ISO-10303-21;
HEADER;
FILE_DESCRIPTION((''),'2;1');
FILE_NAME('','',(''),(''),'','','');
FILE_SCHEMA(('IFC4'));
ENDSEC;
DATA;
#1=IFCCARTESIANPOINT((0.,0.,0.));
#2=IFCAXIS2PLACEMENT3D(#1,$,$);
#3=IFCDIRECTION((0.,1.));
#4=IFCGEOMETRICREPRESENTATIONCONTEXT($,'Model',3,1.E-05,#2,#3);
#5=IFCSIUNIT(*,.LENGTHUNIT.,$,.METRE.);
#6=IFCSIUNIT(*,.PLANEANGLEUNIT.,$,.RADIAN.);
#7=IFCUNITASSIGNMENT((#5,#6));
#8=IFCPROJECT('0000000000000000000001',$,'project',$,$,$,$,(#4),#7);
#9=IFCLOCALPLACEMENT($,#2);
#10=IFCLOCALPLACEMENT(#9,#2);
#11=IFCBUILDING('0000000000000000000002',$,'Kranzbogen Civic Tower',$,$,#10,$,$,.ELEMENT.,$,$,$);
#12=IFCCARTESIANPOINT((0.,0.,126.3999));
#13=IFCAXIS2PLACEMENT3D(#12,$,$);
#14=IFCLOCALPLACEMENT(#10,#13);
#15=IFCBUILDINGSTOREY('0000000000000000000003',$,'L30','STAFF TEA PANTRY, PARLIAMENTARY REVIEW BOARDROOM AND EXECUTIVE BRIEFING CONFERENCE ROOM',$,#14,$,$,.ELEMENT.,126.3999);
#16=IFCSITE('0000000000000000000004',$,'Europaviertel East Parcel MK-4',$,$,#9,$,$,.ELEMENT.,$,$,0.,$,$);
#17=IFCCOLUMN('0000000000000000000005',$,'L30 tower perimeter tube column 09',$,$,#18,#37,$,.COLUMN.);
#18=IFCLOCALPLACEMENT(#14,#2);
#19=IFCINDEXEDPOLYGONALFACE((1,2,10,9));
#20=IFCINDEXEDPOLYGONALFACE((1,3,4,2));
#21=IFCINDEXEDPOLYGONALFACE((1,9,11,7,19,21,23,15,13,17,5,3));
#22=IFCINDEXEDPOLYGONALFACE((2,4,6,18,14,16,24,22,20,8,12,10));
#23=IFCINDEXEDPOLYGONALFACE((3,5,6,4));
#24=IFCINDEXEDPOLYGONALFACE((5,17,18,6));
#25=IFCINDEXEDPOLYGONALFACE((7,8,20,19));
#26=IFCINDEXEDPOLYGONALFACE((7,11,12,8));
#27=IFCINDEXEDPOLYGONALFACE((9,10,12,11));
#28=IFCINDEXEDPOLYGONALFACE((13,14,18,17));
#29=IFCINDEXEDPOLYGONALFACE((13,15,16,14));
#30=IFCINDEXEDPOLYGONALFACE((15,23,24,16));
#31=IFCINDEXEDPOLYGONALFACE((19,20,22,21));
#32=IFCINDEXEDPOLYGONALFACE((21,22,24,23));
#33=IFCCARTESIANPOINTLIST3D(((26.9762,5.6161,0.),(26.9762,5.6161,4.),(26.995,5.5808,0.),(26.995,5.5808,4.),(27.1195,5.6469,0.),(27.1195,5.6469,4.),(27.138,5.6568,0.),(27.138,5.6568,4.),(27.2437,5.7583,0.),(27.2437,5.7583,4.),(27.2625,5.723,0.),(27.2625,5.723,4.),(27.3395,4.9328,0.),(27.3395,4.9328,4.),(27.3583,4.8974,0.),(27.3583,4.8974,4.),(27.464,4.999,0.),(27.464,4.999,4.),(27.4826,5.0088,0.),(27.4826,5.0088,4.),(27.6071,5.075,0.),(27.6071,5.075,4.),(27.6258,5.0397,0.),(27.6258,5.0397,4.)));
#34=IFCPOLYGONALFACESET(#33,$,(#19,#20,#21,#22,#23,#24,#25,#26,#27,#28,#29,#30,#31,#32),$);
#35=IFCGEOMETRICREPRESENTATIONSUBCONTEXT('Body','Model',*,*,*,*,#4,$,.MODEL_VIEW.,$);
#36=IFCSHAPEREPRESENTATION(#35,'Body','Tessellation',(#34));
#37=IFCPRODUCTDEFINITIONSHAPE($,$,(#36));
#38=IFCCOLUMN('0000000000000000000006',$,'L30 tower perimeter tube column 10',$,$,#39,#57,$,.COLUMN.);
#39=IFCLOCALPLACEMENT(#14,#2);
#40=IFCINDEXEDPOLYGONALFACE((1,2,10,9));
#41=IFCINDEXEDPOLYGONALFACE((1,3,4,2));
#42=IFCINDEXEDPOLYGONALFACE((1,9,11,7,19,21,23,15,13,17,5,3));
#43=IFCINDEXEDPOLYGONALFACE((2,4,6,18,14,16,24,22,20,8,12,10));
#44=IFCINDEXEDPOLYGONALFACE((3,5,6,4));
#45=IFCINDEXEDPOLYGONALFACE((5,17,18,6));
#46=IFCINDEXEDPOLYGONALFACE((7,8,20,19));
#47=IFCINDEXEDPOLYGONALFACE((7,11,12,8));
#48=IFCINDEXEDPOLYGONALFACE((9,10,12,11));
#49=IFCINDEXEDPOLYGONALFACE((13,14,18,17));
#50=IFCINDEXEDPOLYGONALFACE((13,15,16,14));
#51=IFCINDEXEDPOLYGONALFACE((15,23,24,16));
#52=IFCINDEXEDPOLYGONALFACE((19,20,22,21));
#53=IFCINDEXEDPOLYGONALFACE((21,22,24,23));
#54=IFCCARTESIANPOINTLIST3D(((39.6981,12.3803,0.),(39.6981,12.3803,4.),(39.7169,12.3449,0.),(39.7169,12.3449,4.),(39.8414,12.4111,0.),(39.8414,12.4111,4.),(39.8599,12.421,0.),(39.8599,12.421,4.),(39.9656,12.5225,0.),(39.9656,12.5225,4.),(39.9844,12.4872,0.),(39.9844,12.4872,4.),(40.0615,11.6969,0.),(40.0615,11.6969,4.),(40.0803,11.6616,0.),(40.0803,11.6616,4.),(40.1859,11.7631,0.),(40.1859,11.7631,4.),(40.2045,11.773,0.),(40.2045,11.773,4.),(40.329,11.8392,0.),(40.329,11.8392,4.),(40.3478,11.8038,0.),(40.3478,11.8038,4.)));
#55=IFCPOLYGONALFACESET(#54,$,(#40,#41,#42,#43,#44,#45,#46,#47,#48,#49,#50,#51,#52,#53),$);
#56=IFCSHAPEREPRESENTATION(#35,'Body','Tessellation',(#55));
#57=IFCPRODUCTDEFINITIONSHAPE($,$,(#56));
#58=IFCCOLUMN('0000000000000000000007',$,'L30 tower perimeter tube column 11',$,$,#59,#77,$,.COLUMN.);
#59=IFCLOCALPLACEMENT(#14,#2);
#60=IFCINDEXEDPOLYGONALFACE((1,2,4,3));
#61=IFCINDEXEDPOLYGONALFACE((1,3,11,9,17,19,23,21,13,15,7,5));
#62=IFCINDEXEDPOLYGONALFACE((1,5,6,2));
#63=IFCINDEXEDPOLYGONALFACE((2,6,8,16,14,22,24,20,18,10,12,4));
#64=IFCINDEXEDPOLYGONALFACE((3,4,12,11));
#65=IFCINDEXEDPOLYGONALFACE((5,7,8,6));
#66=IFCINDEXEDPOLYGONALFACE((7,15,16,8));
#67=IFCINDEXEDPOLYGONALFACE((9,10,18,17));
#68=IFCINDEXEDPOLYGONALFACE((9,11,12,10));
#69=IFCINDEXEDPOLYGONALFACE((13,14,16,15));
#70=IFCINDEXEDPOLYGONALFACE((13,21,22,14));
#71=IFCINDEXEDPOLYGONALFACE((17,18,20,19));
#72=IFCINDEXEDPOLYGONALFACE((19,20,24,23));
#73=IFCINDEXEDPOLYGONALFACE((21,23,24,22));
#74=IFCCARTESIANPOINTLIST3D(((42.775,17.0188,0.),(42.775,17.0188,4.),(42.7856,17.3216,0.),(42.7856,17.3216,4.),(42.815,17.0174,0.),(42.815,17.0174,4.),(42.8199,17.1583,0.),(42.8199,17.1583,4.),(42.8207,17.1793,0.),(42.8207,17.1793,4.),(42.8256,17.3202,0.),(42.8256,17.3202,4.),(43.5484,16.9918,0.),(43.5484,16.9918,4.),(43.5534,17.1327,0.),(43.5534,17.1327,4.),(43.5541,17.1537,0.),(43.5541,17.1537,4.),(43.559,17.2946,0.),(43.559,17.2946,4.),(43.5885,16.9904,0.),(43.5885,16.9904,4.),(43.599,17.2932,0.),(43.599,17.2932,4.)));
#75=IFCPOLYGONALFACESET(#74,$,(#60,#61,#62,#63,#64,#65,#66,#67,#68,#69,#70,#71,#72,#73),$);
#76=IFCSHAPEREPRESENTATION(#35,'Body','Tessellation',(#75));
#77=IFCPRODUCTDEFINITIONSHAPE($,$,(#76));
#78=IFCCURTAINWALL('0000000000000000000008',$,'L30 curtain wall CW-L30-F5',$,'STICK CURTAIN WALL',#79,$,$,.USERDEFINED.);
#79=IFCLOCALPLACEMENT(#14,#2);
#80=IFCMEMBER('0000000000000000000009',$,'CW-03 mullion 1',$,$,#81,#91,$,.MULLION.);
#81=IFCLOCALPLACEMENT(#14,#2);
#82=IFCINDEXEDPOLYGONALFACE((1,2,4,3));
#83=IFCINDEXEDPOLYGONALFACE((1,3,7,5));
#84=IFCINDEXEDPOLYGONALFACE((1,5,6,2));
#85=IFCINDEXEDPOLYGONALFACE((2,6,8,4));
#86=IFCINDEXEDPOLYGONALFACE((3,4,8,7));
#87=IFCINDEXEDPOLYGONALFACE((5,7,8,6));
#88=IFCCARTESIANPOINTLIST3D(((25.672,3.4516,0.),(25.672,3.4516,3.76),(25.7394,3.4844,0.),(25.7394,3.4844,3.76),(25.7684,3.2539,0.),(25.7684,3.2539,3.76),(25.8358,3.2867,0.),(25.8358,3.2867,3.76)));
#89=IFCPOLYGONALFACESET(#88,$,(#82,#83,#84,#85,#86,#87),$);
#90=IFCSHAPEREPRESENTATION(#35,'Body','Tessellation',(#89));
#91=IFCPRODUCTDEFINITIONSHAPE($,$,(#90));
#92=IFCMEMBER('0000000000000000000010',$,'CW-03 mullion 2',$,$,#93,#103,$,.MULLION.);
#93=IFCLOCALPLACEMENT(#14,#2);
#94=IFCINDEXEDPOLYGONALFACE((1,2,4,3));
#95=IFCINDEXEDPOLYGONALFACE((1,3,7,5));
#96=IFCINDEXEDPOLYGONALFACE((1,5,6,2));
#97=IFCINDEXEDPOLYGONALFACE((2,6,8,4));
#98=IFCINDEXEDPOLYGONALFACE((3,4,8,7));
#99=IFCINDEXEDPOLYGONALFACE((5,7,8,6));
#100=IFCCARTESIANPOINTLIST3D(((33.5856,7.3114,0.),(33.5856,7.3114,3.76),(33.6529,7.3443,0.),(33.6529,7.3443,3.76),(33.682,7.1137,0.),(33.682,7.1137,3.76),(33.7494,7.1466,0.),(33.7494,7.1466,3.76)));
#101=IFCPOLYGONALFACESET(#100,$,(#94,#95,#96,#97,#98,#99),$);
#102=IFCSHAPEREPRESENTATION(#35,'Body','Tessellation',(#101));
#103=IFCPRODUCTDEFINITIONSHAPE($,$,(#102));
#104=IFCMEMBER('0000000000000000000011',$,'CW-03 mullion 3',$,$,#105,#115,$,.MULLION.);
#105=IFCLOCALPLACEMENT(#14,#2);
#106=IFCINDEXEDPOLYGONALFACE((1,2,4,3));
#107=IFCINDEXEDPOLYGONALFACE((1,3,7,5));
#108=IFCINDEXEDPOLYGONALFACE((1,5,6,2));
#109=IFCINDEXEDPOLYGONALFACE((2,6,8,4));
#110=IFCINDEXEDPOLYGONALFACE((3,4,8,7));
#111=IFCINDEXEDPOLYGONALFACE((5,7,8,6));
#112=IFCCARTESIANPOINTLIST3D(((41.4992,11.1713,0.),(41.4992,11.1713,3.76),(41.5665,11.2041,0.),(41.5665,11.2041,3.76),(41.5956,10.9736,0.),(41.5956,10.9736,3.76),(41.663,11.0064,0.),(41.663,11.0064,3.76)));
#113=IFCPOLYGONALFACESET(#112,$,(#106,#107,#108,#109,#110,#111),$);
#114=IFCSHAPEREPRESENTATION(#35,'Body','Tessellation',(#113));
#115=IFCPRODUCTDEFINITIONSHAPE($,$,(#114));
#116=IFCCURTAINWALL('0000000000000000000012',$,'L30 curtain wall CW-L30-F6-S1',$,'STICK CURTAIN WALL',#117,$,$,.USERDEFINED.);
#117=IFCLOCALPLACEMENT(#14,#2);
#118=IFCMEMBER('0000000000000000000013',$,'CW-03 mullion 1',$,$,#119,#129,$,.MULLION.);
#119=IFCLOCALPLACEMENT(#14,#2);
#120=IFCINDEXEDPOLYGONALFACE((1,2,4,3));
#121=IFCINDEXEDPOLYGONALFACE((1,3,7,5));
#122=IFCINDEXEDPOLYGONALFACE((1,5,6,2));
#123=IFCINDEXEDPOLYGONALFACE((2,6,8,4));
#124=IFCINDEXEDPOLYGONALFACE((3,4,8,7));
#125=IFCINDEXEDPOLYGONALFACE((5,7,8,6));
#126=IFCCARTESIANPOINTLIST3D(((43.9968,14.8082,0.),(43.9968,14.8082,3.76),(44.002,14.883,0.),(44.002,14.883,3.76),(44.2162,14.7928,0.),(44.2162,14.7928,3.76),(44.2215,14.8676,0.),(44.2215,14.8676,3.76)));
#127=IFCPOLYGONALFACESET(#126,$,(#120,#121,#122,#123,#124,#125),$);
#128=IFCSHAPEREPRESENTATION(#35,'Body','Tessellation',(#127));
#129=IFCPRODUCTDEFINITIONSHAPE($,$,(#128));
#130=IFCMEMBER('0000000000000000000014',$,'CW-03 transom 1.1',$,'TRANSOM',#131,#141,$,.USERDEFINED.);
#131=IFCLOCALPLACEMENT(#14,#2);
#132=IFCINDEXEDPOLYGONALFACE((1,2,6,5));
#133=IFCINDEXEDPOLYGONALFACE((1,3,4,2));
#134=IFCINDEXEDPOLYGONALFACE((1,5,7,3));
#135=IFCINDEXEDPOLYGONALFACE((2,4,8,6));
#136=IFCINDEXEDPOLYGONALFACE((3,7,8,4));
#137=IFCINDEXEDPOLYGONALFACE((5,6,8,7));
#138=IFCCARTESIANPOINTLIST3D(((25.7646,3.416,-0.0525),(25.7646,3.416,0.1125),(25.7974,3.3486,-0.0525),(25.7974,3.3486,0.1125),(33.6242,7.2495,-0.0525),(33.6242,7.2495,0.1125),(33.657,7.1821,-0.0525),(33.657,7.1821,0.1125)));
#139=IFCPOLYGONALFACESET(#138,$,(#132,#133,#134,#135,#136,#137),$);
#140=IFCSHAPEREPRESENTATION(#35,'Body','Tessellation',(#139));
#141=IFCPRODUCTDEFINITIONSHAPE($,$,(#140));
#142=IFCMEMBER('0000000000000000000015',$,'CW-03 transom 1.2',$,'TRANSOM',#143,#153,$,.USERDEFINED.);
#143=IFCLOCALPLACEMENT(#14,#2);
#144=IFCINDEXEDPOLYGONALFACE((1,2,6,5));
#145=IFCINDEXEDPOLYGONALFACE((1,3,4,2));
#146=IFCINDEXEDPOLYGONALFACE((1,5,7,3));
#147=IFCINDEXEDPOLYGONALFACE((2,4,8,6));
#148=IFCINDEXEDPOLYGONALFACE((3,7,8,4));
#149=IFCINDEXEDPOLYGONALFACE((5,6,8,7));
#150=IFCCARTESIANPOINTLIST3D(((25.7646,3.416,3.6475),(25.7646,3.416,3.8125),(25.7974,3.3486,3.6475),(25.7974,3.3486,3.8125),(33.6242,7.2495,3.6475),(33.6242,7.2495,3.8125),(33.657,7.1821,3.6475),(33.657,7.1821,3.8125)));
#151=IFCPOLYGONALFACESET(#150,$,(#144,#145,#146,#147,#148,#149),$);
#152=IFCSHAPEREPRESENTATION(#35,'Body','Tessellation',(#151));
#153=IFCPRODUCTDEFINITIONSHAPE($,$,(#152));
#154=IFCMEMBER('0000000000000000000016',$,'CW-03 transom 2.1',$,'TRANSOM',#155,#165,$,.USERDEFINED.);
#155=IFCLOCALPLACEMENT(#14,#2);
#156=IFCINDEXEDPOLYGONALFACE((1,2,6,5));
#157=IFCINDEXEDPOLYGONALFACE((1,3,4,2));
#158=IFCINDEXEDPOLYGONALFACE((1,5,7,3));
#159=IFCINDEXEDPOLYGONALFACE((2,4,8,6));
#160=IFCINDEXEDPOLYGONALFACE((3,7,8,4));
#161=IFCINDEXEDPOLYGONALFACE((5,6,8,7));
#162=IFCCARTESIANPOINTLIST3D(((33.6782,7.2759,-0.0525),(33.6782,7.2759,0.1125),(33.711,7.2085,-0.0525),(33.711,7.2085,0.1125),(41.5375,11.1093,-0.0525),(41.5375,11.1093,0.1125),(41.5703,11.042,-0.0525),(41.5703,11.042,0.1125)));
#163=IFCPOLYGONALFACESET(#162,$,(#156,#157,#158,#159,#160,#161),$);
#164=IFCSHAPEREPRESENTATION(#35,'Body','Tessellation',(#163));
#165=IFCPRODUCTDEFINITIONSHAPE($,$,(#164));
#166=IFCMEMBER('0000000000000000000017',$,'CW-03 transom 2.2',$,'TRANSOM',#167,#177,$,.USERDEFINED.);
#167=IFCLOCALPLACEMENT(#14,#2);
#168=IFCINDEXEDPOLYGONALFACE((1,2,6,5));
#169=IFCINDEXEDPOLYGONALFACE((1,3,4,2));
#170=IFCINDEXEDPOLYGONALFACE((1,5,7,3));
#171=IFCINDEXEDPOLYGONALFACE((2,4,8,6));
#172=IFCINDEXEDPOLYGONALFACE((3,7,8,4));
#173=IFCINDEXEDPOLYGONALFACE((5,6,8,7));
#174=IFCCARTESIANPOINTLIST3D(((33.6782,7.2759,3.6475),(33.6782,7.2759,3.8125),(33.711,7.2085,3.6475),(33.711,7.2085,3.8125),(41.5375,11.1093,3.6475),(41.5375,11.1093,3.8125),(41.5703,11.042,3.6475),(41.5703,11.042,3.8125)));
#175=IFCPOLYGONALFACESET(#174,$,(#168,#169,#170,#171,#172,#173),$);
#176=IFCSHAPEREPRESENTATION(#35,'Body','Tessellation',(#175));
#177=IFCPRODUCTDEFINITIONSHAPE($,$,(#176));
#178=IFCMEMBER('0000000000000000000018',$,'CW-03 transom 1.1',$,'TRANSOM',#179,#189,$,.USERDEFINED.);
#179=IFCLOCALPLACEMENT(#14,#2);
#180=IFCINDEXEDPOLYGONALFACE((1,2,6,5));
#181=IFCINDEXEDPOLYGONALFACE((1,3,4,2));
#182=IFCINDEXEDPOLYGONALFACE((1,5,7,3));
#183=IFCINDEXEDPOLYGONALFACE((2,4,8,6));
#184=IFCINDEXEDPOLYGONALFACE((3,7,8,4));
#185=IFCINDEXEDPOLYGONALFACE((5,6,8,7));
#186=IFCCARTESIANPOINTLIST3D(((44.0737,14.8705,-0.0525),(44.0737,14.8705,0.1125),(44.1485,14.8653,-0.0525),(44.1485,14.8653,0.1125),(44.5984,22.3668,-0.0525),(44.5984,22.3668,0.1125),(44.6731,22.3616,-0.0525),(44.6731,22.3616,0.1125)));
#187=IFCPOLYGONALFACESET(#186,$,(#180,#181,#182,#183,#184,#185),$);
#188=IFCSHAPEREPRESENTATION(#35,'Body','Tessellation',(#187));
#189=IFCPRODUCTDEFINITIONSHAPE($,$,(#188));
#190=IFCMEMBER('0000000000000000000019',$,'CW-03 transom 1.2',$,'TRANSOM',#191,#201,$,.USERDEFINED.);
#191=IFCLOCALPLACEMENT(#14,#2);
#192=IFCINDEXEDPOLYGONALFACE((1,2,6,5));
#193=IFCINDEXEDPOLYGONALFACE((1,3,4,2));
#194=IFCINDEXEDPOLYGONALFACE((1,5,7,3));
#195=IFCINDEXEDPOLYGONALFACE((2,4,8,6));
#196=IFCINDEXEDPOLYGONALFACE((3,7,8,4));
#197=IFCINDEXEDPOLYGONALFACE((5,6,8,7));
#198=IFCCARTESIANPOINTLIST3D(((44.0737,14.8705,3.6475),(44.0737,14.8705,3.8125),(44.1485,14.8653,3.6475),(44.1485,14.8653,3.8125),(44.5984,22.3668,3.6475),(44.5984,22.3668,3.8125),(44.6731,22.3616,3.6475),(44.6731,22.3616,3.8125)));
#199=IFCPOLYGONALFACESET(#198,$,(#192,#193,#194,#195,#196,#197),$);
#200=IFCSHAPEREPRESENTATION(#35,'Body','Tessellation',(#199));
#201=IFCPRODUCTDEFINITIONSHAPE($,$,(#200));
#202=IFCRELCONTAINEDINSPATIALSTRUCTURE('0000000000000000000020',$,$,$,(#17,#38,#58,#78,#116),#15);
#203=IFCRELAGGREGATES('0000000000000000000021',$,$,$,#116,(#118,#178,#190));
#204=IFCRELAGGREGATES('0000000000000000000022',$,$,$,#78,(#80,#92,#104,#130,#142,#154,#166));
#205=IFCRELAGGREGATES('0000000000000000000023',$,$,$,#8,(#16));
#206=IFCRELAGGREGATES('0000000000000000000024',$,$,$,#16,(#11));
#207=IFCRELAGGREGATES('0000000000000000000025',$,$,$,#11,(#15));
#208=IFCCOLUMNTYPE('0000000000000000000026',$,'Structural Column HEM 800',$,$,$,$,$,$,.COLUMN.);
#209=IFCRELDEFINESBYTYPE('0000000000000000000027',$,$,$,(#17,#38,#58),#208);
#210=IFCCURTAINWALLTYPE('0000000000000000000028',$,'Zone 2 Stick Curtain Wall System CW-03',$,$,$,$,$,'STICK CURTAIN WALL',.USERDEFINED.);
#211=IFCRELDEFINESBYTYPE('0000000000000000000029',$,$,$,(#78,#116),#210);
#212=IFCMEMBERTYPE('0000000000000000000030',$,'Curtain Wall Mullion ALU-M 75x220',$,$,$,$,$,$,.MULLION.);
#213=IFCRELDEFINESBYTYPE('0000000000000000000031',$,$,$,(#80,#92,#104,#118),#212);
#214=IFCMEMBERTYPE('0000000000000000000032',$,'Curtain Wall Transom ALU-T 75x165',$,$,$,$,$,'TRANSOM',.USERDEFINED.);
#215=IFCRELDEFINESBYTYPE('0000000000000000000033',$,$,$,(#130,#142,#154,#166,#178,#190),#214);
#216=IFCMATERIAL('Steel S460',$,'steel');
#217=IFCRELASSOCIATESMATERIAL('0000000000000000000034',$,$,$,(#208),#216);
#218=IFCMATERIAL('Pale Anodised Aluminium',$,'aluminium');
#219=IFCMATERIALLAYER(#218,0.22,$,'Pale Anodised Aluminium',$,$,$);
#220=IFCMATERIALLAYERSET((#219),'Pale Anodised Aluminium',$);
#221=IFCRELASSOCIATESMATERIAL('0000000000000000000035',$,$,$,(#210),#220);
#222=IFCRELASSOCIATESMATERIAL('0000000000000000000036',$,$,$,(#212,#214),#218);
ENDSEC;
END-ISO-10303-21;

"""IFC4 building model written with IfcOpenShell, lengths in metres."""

from ifc_helpers import new_model, si_unit, direction, frame, origin, origin_2d, place, context, subcontext, project, spatial, rectangle, i_section, extrude, material, layer, layer_set, material_profile, profile_set, type_object, element, aggregate, save


model = new_model("IFC4")

# Units and contexts
model_context = context("Model", 3, precision=1e-05, world=origin(), true_north=direction((0.0, 1.0)))
body_context = subcontext(model_context, "Body", "Model", "MODEL_VIEW")
ifc_project = project(units=[si_unit("LENGTHUNIT", "METRE"), si_unit("PLANEANGLEUNIT", "RADIAN")], contexts=[model_context])

# Site, building, storey
site_placement = place(None, origin())
site = spatial("IfcSite", under=ifc_project, at=site_placement, Name="Europaviertel East Parcel MK-4", CompositionType="ELEMENT", RefElevation=0.0)
building_placement = place(site_placement, origin())
building = spatial("IfcBuilding", under=site, at=building_placement, Name="Kranzbogen Civic Tower", CompositionType="ELEMENT")
storey_placement = place(building_placement, frame((0.0, 0.0, 126.3999)))
storey = spatial("IfcBuildingStorey", under=building, at=storey_placement, Name="L30", Description="STAFF TEA PANTRY, PARLIAMENTARY REVIEW BOARDROOM AND EXECUTIVE BRIEFING CONFERENCE ROOM", CompositionType="ELEMENT", Elevation=126.3999)

# Columns
ifc_material_1 = material(Name="Steel S460", Category="steel")
ifc_material_profile_1 = material_profile(ifc_material_1, i_section(OverallWidth=0.303, OverallDepth=0.814, WebThickness=0.021, FlangeThickness=0.04, at=origin_2d()), Name="HEM 800")
ifc_profile_set_1 = profile_set([ifc_material_profile_1], Name="Steel S460")
column_type = type_object("IfcColumnType", Name="Structural Column HEM 800", PredefinedType="COLUMN", material=ifc_profile_set_1)
for number, where, z_axis, x_axis, name in (
    (1, (27.301, 5.3279, 0.0), (0.0, 0.0, 1.0), (0.882948, 0.469472, 0.0), "L30 tower perimeter tube column 09"),
    (2, (40.0229, 12.092, 0.0), (0.0, 0.0, 1.0), (0.882948, 0.469472, 0.0), "L30 tower perimeter tube column 10"),
    (3, (43.187, 17.156, 0.0), (0.0, 0.0, 1.0), (0.034899, 0.999391, 0.0), "L30 tower perimeter tube column 11"),
):
    element("IfcColumn", number, at=place(storey_placement, frame(where, z_axis=z_axis, x_axis=x_axis)), inside=storey, type_object=column_type, Name=name, PredefinedType="COLUMN", context=body_context, shape_type="SweptSolid", body=[
        extrude(i_section(OverallWidth=0.303, OverallDepth=0.814, WebThickness=0.021, FlangeThickness=0.04, at=origin_2d()), origin(), (0.0, 0.0, 1.0), 4.0),
    ])

# Curtain wall, members
ifc_material_2 = material(Name="Pale Anodised Aluminium", Category="aluminium")
ifc_layer_1 = layer(ifc_material_2, 0.22, Name="Pale Anodised Aluminium")
ifc_layer_set_1 = layer_set([ifc_layer_1], Name="Pale Anodised Aluminium")
curtain_wall_type = type_object("IfcCurtainWallType", Name="Zone 2 Stick Curtain Wall System CW-03", ElementType="STICK CURTAIN WALL", PredefinedType="USERDEFINED", material=ifc_layer_set_1)
curtain_wall_1_placement = place(storey_placement, origin())
curtain_wall_1 = element("IfcCurtainWall", 4, at=curtain_wall_1_placement, inside=storey, type_object=curtain_wall_type, Name="L30 curtain wall CW-L30-F5", ObjectType="STICK CURTAIN WALL", PredefinedType="USERDEFINED")
ifc_material_profile_2 = material_profile(ifc_material_2, rectangle(XDim=0.075, YDim=0.22, at=origin_2d()), Name="ALU-M 75x220")
ifc_profile_set_2 = profile_set([ifc_material_profile_2], Name="Pale Anodised Aluminium")
member_type_1 = type_object("IfcMemberType", Name="Curtain Wall Mullion ALU-M 75x220", PredefinedType="MULLION", material=ifc_profile_set_2)
member_1_placement = place(storey_placement, frame((25.7539, 3.3691, 0.0), z_axis=(0.0, 0.0, 1.0), x_axis=(0.898787, 0.438386, 0.0)))
member_1 = element("IfcMember", 5, at=member_1_placement, type_object=member_type_1, Name="CW-03 mullion 1", PredefinedType="MULLION", context=body_context, shape_type="SweptSolid", body=[
    extrude(rectangle(XDim=0.075, YDim=0.22, at=origin_2d()), origin(), (0.0, 0.0, 1.0), 3.76),
])
member_2_placement = place(storey_placement, frame((33.6675, 7.229, 0.0), z_axis=(0.0, 0.0, 1.0), x_axis=(0.898787, 0.438386, 0.0)))
member_2 = element("IfcMember", 6, at=member_2_placement, type_object=member_type_1, Name="CW-03 mullion 2", PredefinedType="MULLION", context=body_context, shape_type="SweptSolid", body=[
    extrude(rectangle(XDim=0.075, YDim=0.22, at=origin_2d()), origin(), (0.0, 0.0, 1.0), 3.76),
])
member_3_placement = place(storey_placement, frame((41.5811, 11.0889, 0.0), z_axis=(0.0, 0.0, 1.0), x_axis=(0.898787, 0.438386, 0.0)))
member_3 = element("IfcMember", 7, at=member_3_placement, type_object=member_type_1, Name="CW-03 mullion 3", PredefinedType="MULLION", context=body_context, shape_type="SweptSolid", body=[
    extrude(rectangle(XDim=0.075, YDim=0.22, at=origin_2d()), origin(), (0.0, 0.0, 1.0), 3.76),
])

# Curtain wall, member
curtain_wall_2_placement = place(storey_placement, origin())
curtain_wall_2 = element("IfcCurtainWall", 8, at=curtain_wall_2_placement, inside=storey, type_object=curtain_wall_type, Name="L30 curtain wall CW-L30-F6-S1", ObjectType="STICK CURTAIN WALL", PredefinedType="USERDEFINED")
member_4_placement = place(storey_placement, frame((44.1091, 14.8379, 0.0), z_axis=(0.0, 0.0, 1.0), x_axis=(0.069813, 0.99756, 0.0)))
member_4 = element("IfcMember", 9, at=member_4_placement, type_object=member_type_1, Name="CW-03 mullion 1", PredefinedType="MULLION", context=body_context, shape_type="SweptSolid", body=[
    extrude(rectangle(XDim=0.075, YDim=0.22, at=origin_2d()), origin(), (0.0, 0.0, 1.0), 3.76),
])

# Members
ifc_material_profile_3 = material_profile(ifc_material_2, rectangle(XDim=0.075, YDim=0.165, at=origin_2d()), Name="ALU-T 75x165")
ifc_profile_set_3 = profile_set([ifc_material_profile_3], Name="Pale Anodised Aluminium")
member_type_2 = type_object("IfcMemberType", Name="Curtain Wall Transom ALU-T 75x165", ElementType="TRANSOM", PredefinedType="USERDEFINED", material=ifc_profile_set_3)
member_5_placement = place(storey_placement, frame((25.781, 3.3823, 0.03), z_axis=(0.898789, 0.438381, 0.0), x_axis=(-0.438381, 0.898789, 0.0)))
member_5 = element("IfcMember", 10, at=member_5_placement, type_object=member_type_2, Name="CW-03 transom 1.1", ObjectType="TRANSOM", PredefinedType="USERDEFINED", context=body_context, shape_type="SweptSolid", body=[
    extrude(rectangle(XDim=0.075, YDim=0.165, at=origin_2d()), origin(), (0.0, 0.0, 1.0), 8.7446),
])
member_6_placement = place(storey_placement, frame((25.781, 3.3823, 3.73), z_axis=(0.898789, 0.438381, 0.0), x_axis=(-0.438381, 0.898789, 0.0)))
member_6 = element("IfcMember", 11, at=member_6_placement, type_object=member_type_2, Name="CW-03 transom 1.2", ObjectType="TRANSOM", PredefinedType="USERDEFINED", context=body_context, shape_type="SweptSolid", body=[
    extrude(rectangle(XDim=0.075, YDim=0.165, at=origin_2d()), origin(), (0.0, 0.0, 1.0), 8.7446),
])
member_7_placement = place(storey_placement, frame((33.6946, 7.2422, 0.03), z_axis=(0.898784, 0.438392, 0.0), x_axis=(-0.438392, 0.898784, 0.0)))
member_7 = element("IfcMember", 12, at=member_7_placement, type_object=member_type_2, Name="CW-03 transom 2.1", ObjectType="TRANSOM", PredefinedType="USERDEFINED", context=body_context, shape_type="SweptSolid", body=[
    extrude(rectangle(XDim=0.075, YDim=0.165, at=origin_2d()), origin(), (0.0, 0.0, 1.0), 8.7444),
])
member_8_placement = place(storey_placement, frame((33.6946, 7.2422, 3.73), z_axis=(0.898784, 0.438392, 0.0), x_axis=(-0.438392, 0.898784, 0.0)))
member_8 = element("IfcMember", 13, at=member_8_placement, type_object=member_type_2, Name="CW-03 transom 2.2", ObjectType="TRANSOM", PredefinedType="USERDEFINED", context=body_context, shape_type="SweptSolid", body=[
    extrude(rectangle(XDim=0.075, YDim=0.165, at=origin_2d()), origin(), (0.0, 0.0, 1.0), 8.7444),
])
member_9_placement = place(storey_placement, frame((44.1111, 14.8679, 0.03), z_axis=(0.069818, 0.99756, 0.0), x_axis=(-0.99756, 0.069818, 0.0)))
member_9 = element("IfcMember", 14, at=member_9_placement, type_object=member_type_2, Name="CW-03 transom 1.1", ObjectType="TRANSOM", PredefinedType="USERDEFINED", context=body_context, shape_type="SweptSolid", body=[
    extrude(rectangle(XDim=0.075, YDim=0.165, at=origin_2d()), origin(), (0.0, 0.0, 1.0), 7.5146),
])
member_10_placement = place(storey_placement, frame((44.1111, 14.8679, 3.73), z_axis=(0.069818, 0.99756, 0.0), x_axis=(-0.99756, 0.069818, 0.0)))
member_10 = element("IfcMember", 15, at=member_10_placement, type_object=member_type_2, Name="CW-03 transom 1.2", ObjectType="TRANSOM", PredefinedType="USERDEFINED", context=body_context, shape_type="SweptSolid", body=[
    extrude(rectangle(XDim=0.075, YDim=0.165, at=origin_2d()), origin(), (0.0, 0.0, 1.0), 7.5146),
])
aggregate(curtain_wall_2, [member_4, member_9, member_10])

aggregate(curtain_wall_1, [member_1, member_2, member_3, member_5, member_6, member_7, member_8])

save(model, "model.ifc")
